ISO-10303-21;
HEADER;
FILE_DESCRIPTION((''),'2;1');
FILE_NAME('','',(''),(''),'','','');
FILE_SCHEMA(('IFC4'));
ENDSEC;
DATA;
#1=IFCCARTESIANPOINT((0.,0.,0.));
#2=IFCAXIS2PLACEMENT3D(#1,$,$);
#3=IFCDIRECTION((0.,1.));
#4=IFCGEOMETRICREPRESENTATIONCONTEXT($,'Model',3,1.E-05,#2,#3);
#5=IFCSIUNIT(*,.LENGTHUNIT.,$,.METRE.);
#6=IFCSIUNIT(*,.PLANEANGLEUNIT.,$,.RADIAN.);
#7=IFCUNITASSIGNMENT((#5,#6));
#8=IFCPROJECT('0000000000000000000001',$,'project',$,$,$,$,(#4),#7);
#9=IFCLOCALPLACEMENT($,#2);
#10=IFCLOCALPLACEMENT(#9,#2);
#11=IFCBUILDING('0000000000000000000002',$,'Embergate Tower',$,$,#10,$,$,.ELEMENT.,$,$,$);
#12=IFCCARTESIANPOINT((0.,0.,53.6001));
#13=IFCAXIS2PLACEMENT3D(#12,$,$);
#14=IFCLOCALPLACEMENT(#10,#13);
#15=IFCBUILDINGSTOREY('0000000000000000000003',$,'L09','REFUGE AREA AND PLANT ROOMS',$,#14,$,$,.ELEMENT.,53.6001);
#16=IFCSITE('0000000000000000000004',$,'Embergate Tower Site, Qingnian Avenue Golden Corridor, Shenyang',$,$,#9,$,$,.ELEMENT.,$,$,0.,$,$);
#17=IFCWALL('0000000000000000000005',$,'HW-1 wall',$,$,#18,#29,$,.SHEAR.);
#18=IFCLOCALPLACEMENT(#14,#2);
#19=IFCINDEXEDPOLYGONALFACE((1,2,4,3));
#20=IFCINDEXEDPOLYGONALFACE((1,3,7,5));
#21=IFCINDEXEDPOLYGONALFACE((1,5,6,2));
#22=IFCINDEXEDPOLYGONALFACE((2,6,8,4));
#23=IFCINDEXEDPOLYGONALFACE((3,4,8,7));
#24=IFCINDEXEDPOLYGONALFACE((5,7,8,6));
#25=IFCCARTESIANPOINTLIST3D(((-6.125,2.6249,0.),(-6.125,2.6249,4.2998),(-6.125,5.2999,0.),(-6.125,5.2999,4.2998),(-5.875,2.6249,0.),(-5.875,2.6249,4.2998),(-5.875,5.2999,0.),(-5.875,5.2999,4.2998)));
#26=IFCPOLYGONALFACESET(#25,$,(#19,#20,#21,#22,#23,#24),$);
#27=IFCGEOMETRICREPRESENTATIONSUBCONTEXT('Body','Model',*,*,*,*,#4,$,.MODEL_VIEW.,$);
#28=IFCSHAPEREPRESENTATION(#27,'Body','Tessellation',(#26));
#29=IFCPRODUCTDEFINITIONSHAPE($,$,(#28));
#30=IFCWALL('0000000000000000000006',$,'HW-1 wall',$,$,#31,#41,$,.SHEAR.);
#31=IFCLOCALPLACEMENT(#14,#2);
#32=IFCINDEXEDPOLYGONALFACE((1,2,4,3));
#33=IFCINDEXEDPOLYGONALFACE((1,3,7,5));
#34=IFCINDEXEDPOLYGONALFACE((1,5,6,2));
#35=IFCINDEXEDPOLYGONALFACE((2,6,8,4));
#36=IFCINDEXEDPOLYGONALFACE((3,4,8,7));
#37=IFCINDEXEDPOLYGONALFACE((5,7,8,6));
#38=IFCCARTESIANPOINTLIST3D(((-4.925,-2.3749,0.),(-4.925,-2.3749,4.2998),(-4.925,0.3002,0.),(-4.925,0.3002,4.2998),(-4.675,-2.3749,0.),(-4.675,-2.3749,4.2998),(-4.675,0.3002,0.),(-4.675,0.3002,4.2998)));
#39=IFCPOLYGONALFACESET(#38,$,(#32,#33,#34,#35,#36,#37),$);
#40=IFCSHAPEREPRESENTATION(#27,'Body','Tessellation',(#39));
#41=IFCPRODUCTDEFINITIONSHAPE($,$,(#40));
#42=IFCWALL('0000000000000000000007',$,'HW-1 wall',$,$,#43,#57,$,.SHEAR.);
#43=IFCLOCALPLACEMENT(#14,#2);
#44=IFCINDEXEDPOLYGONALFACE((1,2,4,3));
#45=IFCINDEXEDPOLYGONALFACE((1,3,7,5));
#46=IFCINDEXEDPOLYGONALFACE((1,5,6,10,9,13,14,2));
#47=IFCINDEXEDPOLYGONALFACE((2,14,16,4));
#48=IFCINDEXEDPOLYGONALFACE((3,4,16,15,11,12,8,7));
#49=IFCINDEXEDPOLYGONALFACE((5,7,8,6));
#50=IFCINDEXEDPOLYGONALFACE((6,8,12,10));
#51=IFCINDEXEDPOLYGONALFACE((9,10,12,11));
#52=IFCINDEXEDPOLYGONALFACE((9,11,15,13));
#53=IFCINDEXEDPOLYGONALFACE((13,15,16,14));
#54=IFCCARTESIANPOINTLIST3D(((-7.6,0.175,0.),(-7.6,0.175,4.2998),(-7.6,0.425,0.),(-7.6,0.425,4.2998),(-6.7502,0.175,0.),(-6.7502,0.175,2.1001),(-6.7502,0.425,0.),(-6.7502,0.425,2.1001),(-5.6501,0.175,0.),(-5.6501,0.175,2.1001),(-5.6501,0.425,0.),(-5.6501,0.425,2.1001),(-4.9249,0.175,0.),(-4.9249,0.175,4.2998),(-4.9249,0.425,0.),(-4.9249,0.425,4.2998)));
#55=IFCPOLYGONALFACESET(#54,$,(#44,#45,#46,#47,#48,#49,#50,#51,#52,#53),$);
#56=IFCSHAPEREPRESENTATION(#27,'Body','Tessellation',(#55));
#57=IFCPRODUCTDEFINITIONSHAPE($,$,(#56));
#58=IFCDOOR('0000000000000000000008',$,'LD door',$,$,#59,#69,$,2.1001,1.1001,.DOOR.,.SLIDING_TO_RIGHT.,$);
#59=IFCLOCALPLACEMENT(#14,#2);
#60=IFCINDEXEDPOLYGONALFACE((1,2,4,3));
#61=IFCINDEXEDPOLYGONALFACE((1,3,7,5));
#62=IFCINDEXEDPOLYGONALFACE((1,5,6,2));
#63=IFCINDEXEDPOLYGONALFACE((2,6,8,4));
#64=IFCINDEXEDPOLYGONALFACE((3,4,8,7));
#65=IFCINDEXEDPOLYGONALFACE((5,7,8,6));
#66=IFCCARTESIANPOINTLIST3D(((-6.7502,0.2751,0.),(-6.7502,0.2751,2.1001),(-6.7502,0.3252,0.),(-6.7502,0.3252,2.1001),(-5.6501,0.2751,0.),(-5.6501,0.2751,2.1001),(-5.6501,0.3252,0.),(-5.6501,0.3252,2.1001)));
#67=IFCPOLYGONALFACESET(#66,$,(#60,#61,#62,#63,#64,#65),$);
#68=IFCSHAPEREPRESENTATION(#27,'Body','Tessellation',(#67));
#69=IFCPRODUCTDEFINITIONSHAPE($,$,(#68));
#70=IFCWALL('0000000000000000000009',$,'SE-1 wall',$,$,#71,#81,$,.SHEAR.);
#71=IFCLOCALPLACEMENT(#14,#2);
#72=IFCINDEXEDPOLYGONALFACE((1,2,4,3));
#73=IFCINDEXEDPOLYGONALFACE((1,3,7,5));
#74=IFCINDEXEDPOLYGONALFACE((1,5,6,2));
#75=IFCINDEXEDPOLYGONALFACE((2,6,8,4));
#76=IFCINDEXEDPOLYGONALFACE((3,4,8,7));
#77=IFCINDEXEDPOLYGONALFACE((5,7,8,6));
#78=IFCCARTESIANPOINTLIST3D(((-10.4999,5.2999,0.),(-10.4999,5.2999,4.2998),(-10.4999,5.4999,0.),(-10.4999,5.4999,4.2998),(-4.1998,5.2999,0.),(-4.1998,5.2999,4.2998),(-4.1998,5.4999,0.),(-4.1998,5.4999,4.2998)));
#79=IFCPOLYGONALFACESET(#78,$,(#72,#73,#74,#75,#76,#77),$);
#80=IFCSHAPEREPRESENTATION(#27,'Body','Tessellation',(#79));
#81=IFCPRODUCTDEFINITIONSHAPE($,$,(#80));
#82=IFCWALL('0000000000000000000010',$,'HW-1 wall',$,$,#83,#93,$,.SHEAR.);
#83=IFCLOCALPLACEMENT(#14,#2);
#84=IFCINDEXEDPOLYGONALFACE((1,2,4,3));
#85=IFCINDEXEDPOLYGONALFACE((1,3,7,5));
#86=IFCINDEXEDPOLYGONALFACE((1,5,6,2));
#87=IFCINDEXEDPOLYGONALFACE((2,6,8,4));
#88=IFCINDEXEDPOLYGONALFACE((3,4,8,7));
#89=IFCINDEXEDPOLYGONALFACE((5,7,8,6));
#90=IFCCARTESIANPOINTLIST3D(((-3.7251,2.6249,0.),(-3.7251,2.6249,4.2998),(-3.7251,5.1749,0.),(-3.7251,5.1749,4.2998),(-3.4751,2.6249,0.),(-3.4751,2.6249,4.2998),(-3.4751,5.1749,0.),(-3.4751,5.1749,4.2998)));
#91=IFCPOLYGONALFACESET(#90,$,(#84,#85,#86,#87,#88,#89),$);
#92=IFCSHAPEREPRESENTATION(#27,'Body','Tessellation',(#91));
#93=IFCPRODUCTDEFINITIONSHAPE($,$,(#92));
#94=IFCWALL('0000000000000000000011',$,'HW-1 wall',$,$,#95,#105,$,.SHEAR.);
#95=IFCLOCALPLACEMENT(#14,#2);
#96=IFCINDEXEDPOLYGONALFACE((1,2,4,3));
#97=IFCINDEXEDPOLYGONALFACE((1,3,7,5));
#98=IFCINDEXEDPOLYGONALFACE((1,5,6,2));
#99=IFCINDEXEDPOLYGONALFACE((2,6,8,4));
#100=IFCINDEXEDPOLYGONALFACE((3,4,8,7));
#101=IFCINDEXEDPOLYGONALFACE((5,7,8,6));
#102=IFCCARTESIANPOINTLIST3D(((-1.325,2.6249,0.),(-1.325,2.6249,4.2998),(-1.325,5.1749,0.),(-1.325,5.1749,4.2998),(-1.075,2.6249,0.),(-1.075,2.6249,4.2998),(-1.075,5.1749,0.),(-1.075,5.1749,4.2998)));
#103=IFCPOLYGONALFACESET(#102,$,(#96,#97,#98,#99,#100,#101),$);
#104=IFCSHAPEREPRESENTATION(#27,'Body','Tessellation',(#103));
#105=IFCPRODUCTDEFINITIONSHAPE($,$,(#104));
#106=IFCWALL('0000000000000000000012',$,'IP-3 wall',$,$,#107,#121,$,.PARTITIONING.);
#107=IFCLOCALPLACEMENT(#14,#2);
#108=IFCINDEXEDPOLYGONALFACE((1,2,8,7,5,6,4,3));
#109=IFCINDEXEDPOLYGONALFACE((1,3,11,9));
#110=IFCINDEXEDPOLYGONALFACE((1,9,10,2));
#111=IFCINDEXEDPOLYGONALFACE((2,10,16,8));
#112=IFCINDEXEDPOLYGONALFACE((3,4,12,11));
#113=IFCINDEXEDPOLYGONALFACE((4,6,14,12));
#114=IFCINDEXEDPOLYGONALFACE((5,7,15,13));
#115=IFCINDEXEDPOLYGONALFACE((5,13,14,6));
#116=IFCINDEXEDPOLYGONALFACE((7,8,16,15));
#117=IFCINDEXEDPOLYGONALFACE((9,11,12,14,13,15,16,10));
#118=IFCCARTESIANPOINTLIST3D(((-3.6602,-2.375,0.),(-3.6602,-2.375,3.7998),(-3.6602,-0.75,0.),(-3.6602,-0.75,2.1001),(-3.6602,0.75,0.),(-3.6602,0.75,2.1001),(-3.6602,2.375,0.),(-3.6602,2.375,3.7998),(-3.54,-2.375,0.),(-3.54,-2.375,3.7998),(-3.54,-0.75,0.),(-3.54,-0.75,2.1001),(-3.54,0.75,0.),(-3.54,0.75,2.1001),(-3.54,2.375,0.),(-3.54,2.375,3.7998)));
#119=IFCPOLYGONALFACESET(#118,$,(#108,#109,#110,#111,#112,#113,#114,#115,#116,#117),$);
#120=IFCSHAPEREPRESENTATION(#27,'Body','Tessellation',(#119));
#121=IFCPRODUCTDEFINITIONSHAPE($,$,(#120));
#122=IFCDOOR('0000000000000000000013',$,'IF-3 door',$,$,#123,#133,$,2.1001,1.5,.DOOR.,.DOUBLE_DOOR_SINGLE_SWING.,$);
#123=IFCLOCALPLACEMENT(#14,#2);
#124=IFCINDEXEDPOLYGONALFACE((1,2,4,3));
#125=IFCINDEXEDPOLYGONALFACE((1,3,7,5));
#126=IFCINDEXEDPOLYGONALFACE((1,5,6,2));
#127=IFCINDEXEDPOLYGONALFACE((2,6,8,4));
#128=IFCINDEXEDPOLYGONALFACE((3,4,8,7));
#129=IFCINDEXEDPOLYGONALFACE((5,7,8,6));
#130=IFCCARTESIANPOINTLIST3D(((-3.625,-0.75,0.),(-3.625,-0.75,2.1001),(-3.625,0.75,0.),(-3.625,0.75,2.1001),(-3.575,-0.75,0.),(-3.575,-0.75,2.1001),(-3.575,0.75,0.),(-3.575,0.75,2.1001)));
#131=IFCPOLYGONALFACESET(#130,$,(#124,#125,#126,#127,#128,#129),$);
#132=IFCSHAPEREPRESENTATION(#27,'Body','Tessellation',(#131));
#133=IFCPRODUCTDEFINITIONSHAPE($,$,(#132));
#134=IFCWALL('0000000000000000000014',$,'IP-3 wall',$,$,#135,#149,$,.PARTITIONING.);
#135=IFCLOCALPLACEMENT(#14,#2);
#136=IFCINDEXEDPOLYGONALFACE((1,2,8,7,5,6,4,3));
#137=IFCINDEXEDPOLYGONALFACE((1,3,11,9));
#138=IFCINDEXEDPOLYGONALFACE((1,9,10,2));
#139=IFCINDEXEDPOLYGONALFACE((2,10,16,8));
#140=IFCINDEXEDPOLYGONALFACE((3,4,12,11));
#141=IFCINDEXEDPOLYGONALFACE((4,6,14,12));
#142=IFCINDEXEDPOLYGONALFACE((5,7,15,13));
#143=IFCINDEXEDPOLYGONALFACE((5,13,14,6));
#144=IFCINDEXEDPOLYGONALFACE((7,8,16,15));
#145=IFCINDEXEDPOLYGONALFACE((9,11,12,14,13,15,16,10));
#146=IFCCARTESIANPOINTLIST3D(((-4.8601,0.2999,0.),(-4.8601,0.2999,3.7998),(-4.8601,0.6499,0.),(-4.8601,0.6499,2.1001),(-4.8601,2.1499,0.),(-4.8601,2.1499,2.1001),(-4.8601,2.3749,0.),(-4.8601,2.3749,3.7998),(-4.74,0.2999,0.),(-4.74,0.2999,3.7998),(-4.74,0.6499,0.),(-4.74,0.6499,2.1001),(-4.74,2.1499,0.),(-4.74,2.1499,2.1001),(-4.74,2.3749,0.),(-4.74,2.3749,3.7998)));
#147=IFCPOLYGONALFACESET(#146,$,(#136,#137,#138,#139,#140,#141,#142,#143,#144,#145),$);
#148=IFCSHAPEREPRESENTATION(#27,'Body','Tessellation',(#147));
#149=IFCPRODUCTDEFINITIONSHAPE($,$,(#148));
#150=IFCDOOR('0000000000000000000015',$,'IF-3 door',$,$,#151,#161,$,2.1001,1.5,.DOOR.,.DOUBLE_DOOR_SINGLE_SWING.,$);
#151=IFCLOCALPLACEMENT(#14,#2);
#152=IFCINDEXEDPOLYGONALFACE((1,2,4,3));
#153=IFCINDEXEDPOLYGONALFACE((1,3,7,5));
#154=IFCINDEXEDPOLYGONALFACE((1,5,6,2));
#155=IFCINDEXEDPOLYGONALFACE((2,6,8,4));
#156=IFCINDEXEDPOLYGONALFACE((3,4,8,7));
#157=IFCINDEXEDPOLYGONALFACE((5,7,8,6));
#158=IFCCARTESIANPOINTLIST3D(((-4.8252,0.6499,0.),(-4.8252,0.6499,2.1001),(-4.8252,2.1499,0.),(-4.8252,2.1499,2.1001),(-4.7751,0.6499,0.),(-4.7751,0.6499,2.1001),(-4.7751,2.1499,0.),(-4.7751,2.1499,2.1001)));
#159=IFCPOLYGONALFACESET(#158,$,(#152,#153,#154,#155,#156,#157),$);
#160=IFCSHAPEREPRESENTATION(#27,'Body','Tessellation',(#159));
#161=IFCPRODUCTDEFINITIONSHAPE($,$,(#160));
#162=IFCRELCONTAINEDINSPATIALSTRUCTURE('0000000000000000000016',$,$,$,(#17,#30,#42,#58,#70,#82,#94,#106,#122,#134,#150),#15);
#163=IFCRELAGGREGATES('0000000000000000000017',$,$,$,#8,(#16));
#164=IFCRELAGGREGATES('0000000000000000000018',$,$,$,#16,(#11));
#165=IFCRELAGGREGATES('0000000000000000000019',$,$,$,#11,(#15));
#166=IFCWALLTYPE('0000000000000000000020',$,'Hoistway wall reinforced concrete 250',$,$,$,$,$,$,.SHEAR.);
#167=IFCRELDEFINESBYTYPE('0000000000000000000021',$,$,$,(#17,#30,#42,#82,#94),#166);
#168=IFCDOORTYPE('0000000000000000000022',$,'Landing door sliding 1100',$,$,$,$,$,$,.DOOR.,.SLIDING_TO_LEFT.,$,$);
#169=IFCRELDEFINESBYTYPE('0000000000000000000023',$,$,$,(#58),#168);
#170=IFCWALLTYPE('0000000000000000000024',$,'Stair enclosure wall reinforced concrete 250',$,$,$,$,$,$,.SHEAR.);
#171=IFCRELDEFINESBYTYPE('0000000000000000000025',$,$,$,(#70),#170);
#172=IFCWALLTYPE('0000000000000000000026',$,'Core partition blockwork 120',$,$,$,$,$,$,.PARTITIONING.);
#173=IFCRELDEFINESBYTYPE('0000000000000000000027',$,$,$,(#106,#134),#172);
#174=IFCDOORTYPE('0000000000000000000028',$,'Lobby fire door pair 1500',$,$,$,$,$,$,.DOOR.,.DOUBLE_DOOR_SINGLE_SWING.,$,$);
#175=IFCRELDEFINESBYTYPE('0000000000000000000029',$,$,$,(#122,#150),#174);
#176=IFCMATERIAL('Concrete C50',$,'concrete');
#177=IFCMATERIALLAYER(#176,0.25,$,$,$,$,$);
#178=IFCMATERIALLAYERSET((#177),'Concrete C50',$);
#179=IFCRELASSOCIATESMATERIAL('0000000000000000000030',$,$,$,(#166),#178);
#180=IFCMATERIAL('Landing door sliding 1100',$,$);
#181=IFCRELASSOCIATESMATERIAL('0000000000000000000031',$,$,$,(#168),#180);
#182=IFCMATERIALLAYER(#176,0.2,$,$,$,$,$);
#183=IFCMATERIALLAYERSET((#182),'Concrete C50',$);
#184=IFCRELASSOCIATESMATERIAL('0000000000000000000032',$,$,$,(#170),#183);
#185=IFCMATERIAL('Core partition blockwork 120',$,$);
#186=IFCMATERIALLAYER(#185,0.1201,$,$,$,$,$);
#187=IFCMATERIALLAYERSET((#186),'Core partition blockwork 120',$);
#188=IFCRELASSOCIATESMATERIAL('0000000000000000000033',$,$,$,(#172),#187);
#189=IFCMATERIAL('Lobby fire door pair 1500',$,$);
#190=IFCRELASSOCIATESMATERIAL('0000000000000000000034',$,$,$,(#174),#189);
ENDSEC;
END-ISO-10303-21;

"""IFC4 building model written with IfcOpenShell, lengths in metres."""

from ifc_helpers import new_model, si_unit, direction, frame, frame_2d, origin, place, context, subcontext, project, spatial, rectangle, extrude, source, transform, mapped, material, layer, layer_set, type_object, element, fill, save


model = new_model("IFC4")

# Units and contexts
model_context = context("Model", 3, precision=1e-05, world=origin(), true_north=direction((0.0, 1.0)))
body_context = subcontext(model_context, "Body", "Model", "MODEL_VIEW")
ifc_project = project(units=[si_unit("LENGTHUNIT", "METRE"), si_unit("PLANEANGLEUNIT", "RADIAN")], contexts=[model_context])

# Site, building, storey
site_placement = place(None, origin())
site = spatial("IfcSite", under=ifc_project, at=site_placement, Name="Embergate Tower Site, Qingnian Avenue Golden Corridor, Shenyang", CompositionType="ELEMENT", RefElevation=0.0)
building_placement = place(site_placement, origin())
building = spatial("IfcBuilding", under=site, at=building_placement, Name="Embergate Tower", CompositionType="ELEMENT")
storey_placement = place(building_placement, frame((0.0, 0.0, 53.6001)))
storey = spatial("IfcBuildingStorey", under=building, at=storey_placement, Name="L09", Description="REFUGE AREA AND PLANT ROOMS", CompositionType="ELEMENT", Elevation=53.6001)

# Walls
ifc_material_1 = material(Name="Concrete C50", Category="concrete")
ifc_layer_1 = layer(ifc_material_1, 0.25)
ifc_layer_set_1 = layer_set([ifc_layer_1], Name="Concrete C50")
wall_type_1 = type_object("IfcWallType", Name="Hoistway wall reinforced concrete 250", PredefinedType="SHEAR", material=ifc_layer_set_1)
shared_shape_1 = source(origin(), body_context, "Body", "SweptSolid", [
    extrude(rectangle(XDim=2.675, YDim=0.25, at=frame_2d((1.3374, 0.0))), origin(), (0.0, 0.0, 1.0), 4.2998),
])
for number, where, z_axis, x_axis, name in (
    (1, (-6.0, 2.625, 0.0), (0.0, 0.0, 1.0), (0.0, 1.0, 0.0), "HW-1 wall"),
    (2, (-4.8, 0.3, 0.0), (0.0, 0.0, 1.0), (0.0, -1.0, 0.0), "HW-1 wall"),
):
    element("IfcWall", number, at=place(storey_placement, frame(where, z_axis=z_axis, x_axis=x_axis)), inside=storey, type_object=wall_type_1, Name=name, PredefinedType="SHEAR", context=body_context, shape_type="MappedRepresentation", body=[
        mapped(shared_shape_1, transform((0.0, 0.0, 0.0))),
    ])

# Wall, opening, door
wall_1_placement = place(storey_placement, frame((-4.925, 0.3, 0.0), z_axis=(0.0, 0.0, 1.0), x_axis=(-1.0, 0.0, 0.0)))
wall_1 = element("IfcWall", 3, at=wall_1_placement, inside=storey, type_object=wall_type_1, Name="HW-1 wall", PredefinedType="SHEAR", context=body_context, shape_type="MappedRepresentation", body=[
    mapped(shared_shape_1, transform((0.0, 0.0, 0.0))),
])
shared_shape_2 = source(origin(), body_context, "Body", "SweptSolid", [
    extrude(rectangle(XDim=1.1001, YDim=2.1001, at=frame_2d((0.55, 1.05))), frame((0.0, 0.135, 0.0), z_axis=(0.0, -1.0, 0.0), x_axis=(1.0, 0.0, 0.0)), (0.0, 0.0, 1.0), 0.27),
])
opening_1_placement = place(wall_1_placement, frame((0.7251, 0.0, 0.0)))
opening_1 = element("IfcOpeningElement", 4, at=opening_1_placement, cuts=wall_1, PredefinedType="OPENING", context=body_context, shape_type="MappedRepresentation", body=[
    mapped(shared_shape_2, transform((0.0, 0.0, 0.0))),
])
ifc_material_2 = material(Name="Landing door sliding 1100")
door_type_1 = type_object("IfcDoorType", Name="Landing door sliding 1100", OperationType="SLIDING_TO_LEFT", PredefinedType="DOOR", material=ifc_material_2)
shared_shape_3 = source(origin(), body_context, "Body", "SweptSolid", [
    extrude(rectangle(XDim=1.1001, YDim=2.1001, at=frame_2d((0.55, 1.05))), frame((0.0, 0.0249, 0.0), z_axis=(0.0, -1.0, 0.0), x_axis=(1.0, 0.0, 0.0)), (0.0, 0.0, 1.0), 0.05),
])
door_1_placement = place(opening_1_placement, origin())
door_1 = element("IfcDoor", 5, at=door_1_placement, inside=storey, type_object=door_type_1, Name="LD door", OperationType="SLIDING_TO_RIGHT", OverallHeight=2.1001, OverallWidth=1.1001, PredefinedType="DOOR", context=body_context, shape_type="MappedRepresentation", body=[
    mapped(shared_shape_3, transform((0.0, 0.0, 0.0))),
])
fill(opening_1, door_1)

# Walls
ifc_layer_2 = layer(ifc_material_1, 0.2)
ifc_layer_set_2 = layer_set([ifc_layer_2], Name="Concrete C50")
wall_type_2 = type_object("IfcWallType", Name="Stair enclosure wall reinforced concrete 250", PredefinedType="SHEAR", material=ifc_layer_set_2)
shared_shape_4 = source(origin(), body_context, "Body", "SweptSolid", [
    extrude(rectangle(XDim=6.3, YDim=0.2, at=frame_2d((3.1499, 0.0))), origin(), (0.0, 0.0, 1.0), 4.2998),
])
wall_2_placement = place(storey_placement, frame((-4.2, 5.3999, 0.0), z_axis=(0.0, 0.0, 1.0), x_axis=(-1.0, 0.0, 0.0)))
element("IfcWall", 6, at=wall_2_placement, inside=storey, type_object=wall_type_2, Name="SE-1 wall", PredefinedType="SHEAR", context=body_context, shape_type="MappedRepresentation", body=[
    mapped(shared_shape_4, transform((0.0, 0.0, 0.0))),
])
shared_shape_5 = source(origin(), body_context, "Body", "SweptSolid", [
    extrude(rectangle(XDim=2.55, YDim=0.25, at=frame_2d((1.2749, 0.0))), origin(), (0.0, 0.0, 1.0), 4.2998),
])
for number, where, z_axis, x_axis, name in (
    (7, (-3.6001, 2.625, 0.0), (0.0, 0.0, 1.0), (0.0, 1.0, 0.0), "HW-1 wall"),
    (8, (-1.2, 2.625, 0.0), (0.0, 0.0, 1.0), (0.0, 1.0, 0.0), "HW-1 wall"),
):
    element("IfcWall", number, at=place(storey_placement, frame(where, z_axis=z_axis, x_axis=x_axis)), inside=storey, type_object=wall_type_1, Name=name, PredefinedType="SHEAR", context=body_context, shape_type="MappedRepresentation", body=[
        mapped(shared_shape_5, transform((0.0, 0.0, 0.0))),
    ])

# Walls, openings, doors
ifc_material_3 = material(Name="Core partition blockwork 120")
ifc_layer_3 = layer(ifc_material_3, 0.1201)
ifc_layer_set_3 = layer_set([ifc_layer_3], Name="Core partition blockwork 120")
wall_type_3 = type_object("IfcWallType", Name="Core partition blockwork 120", PredefinedType="PARTITIONING", material=ifc_layer_set_3)
shared_shape_6 = source(origin(), body_context, "Body", "SweptSolid", [
    extrude(rectangle(XDim=4.75, YDim=0.1201, at=frame_2d((2.375, 0.0))), origin(), (0.0, 0.0, 1.0), 3.7998),
])
wall_3_placement = place(storey_placement, frame((-3.6001, -2.375, 0.0), z_axis=(0.0, 0.0, 1.0), x_axis=(0.0, 1.0, 0.0)))
wall_3 = element("IfcWall", 9, at=wall_3_placement, inside=storey, type_object=wall_type_3, Name="IP-3 wall", PredefinedType="PARTITIONING", context=body_context, shape_type="MappedRepresentation", body=[
    mapped(shared_shape_6, transform((0.0, 0.0, 0.0))),
])
shared_shape_7 = source(origin(), body_context, "Body", "SweptSolid", [
    extrude(rectangle(XDim=1.5, YDim=2.1001, at=frame_2d((0.75, 1.05))), frame((0.0, 0.0701, 0.0), z_axis=(0.0, -1.0, 0.0), x_axis=(1.0, 0.0, 0.0)), (0.0, 0.0, 1.0), 0.1401),
])
opening_2_placement = place(wall_3_placement, frame((1.625, 0.0, 0.0)))
opening_2 = element("IfcOpeningElement", 10, at=opening_2_placement, cuts=wall_3, PredefinedType="OPENING", context=body_context, shape_type="MappedRepresentation", body=[
    mapped(shared_shape_7, transform((0.0, 0.0, 0.0))),
])
ifc_material_4 = material(Name="Lobby fire door pair 1500")
door_type_2 = type_object("IfcDoorType", Name="Lobby fire door pair 1500", OperationType="DOUBLE_DOOR_SINGLE_SWING", PredefinedType="DOOR", material=ifc_material_4)
shared_shape_8 = source(origin(), body_context, "Body", "SweptSolid", [
    extrude(rectangle(XDim=1.5, YDim=2.1001, at=frame_2d((0.75, 1.05))), frame((0.0, 0.0249, 0.0), z_axis=(0.0, -1.0, 0.0), x_axis=(1.0, 0.0, 0.0)), (0.0, 0.0, 1.0), 0.05),
])
door_2_placement = place(opening_2_placement, origin())
door_2 = element("IfcDoor", 11, at=door_2_placement, inside=storey, type_object=door_type_2, Name="IF-3 door", OperationType="DOUBLE_DOOR_SINGLE_SWING", OverallHeight=2.1001, OverallWidth=1.5, PredefinedType="DOOR", context=body_context, shape_type="MappedRepresentation", body=[
    mapped(shared_shape_8, transform((0.0, 0.0, 0.0))),
])
fill(opening_2, door_2)
shared_shape_9 = source(origin(), body_context, "Body", "SweptSolid", [
    extrude(rectangle(XDim=2.075, YDim=0.1201, at=frame_2d((1.0376, 0.0))), origin(), (0.0, 0.0, 1.0), 3.7998),
])
wall_4_placement = place(storey_placement, frame((-4.8, 2.375, 0.0), z_axis=(0.0, 0.0, 1.0), x_axis=(0.0, -1.0, 0.0)))
wall_4 = element("IfcWall", 12, at=wall_4_placement, inside=storey, type_object=wall_type_3, Name="IP-3 wall", PredefinedType="PARTITIONING", context=body_context, shape_type="MappedRepresentation", body=[
    mapped(shared_shape_9, transform((0.0, 0.0, 0.0))),
])
opening_3_placement = place(wall_4_placement, frame((0.2251, 0.0, 0.0)))
opening_3 = element("IfcOpeningElement", 13, at=opening_3_placement, cuts=wall_4, PredefinedType="OPENING", context=body_context, shape_type="MappedRepresentation", body=[
    mapped(shared_shape_7, transform((0.0, 0.0, 0.0))),
])
door_3_placement = place(opening_3_placement, origin())
door_3 = element("IfcDoor", 14, at=door_3_placement, inside=storey, type_object=door_type_2, Name="IF-3 door", OperationType="DOUBLE_DOOR_SINGLE_SWING", OverallHeight=2.1001, OverallWidth=1.5, PredefinedType="DOOR", context=body_context, shape_type="MappedRepresentation", body=[
    mapped(shared_shape_8, transform((0.0, 0.0, 0.0))),
])
fill(opening_3, door_3)

save(model, "model.ifc")
